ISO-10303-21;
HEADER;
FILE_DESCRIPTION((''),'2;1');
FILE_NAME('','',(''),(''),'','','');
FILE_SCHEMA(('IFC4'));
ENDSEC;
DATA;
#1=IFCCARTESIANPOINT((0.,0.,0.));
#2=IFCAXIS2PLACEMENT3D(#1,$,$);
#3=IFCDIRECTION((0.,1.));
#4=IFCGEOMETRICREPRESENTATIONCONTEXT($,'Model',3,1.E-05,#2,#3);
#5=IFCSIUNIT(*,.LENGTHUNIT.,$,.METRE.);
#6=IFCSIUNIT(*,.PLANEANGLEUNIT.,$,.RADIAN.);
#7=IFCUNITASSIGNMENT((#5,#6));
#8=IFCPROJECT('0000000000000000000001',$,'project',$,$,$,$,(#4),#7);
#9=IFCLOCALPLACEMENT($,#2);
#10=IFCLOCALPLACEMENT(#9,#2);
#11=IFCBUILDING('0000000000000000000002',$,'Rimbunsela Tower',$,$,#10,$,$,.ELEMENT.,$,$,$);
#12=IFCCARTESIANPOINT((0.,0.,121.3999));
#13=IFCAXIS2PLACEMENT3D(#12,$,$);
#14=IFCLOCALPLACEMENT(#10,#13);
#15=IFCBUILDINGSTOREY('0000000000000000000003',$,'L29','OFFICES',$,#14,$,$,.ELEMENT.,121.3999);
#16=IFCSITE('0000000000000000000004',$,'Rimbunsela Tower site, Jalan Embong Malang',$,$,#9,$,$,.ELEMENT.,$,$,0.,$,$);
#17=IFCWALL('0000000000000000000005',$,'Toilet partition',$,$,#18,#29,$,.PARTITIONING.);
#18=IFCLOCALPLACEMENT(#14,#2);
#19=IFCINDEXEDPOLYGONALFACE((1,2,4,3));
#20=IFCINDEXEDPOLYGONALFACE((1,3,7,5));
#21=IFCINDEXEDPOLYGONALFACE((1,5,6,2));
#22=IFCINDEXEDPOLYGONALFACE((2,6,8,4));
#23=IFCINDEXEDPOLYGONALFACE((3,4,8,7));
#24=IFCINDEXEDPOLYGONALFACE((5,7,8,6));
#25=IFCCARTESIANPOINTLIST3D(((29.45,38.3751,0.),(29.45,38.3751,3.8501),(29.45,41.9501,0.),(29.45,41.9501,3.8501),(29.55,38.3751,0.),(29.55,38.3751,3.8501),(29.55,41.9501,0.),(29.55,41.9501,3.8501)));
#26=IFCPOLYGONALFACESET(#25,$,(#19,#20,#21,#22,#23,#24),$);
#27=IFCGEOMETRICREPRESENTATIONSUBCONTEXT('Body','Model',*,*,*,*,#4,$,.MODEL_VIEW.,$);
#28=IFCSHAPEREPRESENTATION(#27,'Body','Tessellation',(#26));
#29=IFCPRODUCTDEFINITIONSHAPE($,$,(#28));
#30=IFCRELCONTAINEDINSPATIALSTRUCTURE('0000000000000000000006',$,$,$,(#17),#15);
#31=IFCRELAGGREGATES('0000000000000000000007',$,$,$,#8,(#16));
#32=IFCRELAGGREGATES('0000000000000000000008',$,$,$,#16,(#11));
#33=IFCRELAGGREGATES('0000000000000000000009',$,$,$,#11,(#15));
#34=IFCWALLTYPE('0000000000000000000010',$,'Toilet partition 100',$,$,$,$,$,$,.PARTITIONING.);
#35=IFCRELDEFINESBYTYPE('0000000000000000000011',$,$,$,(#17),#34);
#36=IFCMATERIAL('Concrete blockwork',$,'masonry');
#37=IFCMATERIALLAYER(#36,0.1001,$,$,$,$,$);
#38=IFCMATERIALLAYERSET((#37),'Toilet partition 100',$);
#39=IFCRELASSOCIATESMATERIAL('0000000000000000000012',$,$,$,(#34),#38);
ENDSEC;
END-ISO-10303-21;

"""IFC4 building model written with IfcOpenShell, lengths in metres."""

from ifc_helpers import new_model, si_unit, direction, frame, frame_2d, origin, place, context, subcontext, project, spatial, rectangle, extrude, material, layer, layer_set, type_object, element, save


model = new_model("IFC4")

# Units and contexts
model_context = context("Model", 3, precision=1e-05, world=origin(), true_north=direction((0.0, 1.0)))
body_context = subcontext(model_context, "Body", "Model", "MODEL_VIEW")
ifc_project = project(units=[si_unit("LENGTHUNIT", "METRE"), si_unit("PLANEANGLEUNIT", "RADIAN")], contexts=[model_context])

# Site, building, storey
site_placement = place(None, origin())
site = spatial("IfcSite", under=ifc_project, at=site_placement, Name="Rimbunsela Tower site, Jalan Embong Malang", CompositionType="ELEMENT", RefElevation=0.0)
building_placement = place(site_placement, origin())
building = spatial("IfcBuilding", under=site, at=building_placement, Name="Rimbunsela Tower", CompositionType="ELEMENT")
storey_placement = place(building_placement, frame((0.0, 0.0, 121.3999)))
storey = spatial("IfcBuildingStorey", under=building, at=storey_placement, Name="L29", Description="OFFICES", CompositionType="ELEMENT", Elevation=121.3999)

# Wall
ifc_material_1 = material(Name="Concrete blockwork", Category="masonry")
ifc_layer_1 = layer(ifc_material_1, 0.1001)
ifc_layer_set_1 = layer_set([ifc_layer_1], Name="Toilet partition 100")
wall_type_1 = type_object("IfcWallType", Name="Toilet partition 100", PredefinedType="PARTITIONING", material=ifc_layer_set_1)
for number, where, z_axis, x_axis, name in (
    (1, (29.5, 38.375, 0.0), (0.0, 0.0, 1.0), (0.0, 1.0, 0.0), "Toilet partition"),
):
    element("IfcWall", number, at=place(storey_placement, frame(where, z_axis=z_axis, x_axis=x_axis)), inside=storey, type_object=wall_type_1, Name=name, PredefinedType="PARTITIONING", context=body_context, shape_type="SweptSolid", body=[
        extrude(rectangle(XDim=3.575, YDim=0.1001, at=frame_2d((1.7876, 0.0))), origin(), (0.0, 0.0, 1.0), 3.8501),
    ])

save(model, "model.ifc")
